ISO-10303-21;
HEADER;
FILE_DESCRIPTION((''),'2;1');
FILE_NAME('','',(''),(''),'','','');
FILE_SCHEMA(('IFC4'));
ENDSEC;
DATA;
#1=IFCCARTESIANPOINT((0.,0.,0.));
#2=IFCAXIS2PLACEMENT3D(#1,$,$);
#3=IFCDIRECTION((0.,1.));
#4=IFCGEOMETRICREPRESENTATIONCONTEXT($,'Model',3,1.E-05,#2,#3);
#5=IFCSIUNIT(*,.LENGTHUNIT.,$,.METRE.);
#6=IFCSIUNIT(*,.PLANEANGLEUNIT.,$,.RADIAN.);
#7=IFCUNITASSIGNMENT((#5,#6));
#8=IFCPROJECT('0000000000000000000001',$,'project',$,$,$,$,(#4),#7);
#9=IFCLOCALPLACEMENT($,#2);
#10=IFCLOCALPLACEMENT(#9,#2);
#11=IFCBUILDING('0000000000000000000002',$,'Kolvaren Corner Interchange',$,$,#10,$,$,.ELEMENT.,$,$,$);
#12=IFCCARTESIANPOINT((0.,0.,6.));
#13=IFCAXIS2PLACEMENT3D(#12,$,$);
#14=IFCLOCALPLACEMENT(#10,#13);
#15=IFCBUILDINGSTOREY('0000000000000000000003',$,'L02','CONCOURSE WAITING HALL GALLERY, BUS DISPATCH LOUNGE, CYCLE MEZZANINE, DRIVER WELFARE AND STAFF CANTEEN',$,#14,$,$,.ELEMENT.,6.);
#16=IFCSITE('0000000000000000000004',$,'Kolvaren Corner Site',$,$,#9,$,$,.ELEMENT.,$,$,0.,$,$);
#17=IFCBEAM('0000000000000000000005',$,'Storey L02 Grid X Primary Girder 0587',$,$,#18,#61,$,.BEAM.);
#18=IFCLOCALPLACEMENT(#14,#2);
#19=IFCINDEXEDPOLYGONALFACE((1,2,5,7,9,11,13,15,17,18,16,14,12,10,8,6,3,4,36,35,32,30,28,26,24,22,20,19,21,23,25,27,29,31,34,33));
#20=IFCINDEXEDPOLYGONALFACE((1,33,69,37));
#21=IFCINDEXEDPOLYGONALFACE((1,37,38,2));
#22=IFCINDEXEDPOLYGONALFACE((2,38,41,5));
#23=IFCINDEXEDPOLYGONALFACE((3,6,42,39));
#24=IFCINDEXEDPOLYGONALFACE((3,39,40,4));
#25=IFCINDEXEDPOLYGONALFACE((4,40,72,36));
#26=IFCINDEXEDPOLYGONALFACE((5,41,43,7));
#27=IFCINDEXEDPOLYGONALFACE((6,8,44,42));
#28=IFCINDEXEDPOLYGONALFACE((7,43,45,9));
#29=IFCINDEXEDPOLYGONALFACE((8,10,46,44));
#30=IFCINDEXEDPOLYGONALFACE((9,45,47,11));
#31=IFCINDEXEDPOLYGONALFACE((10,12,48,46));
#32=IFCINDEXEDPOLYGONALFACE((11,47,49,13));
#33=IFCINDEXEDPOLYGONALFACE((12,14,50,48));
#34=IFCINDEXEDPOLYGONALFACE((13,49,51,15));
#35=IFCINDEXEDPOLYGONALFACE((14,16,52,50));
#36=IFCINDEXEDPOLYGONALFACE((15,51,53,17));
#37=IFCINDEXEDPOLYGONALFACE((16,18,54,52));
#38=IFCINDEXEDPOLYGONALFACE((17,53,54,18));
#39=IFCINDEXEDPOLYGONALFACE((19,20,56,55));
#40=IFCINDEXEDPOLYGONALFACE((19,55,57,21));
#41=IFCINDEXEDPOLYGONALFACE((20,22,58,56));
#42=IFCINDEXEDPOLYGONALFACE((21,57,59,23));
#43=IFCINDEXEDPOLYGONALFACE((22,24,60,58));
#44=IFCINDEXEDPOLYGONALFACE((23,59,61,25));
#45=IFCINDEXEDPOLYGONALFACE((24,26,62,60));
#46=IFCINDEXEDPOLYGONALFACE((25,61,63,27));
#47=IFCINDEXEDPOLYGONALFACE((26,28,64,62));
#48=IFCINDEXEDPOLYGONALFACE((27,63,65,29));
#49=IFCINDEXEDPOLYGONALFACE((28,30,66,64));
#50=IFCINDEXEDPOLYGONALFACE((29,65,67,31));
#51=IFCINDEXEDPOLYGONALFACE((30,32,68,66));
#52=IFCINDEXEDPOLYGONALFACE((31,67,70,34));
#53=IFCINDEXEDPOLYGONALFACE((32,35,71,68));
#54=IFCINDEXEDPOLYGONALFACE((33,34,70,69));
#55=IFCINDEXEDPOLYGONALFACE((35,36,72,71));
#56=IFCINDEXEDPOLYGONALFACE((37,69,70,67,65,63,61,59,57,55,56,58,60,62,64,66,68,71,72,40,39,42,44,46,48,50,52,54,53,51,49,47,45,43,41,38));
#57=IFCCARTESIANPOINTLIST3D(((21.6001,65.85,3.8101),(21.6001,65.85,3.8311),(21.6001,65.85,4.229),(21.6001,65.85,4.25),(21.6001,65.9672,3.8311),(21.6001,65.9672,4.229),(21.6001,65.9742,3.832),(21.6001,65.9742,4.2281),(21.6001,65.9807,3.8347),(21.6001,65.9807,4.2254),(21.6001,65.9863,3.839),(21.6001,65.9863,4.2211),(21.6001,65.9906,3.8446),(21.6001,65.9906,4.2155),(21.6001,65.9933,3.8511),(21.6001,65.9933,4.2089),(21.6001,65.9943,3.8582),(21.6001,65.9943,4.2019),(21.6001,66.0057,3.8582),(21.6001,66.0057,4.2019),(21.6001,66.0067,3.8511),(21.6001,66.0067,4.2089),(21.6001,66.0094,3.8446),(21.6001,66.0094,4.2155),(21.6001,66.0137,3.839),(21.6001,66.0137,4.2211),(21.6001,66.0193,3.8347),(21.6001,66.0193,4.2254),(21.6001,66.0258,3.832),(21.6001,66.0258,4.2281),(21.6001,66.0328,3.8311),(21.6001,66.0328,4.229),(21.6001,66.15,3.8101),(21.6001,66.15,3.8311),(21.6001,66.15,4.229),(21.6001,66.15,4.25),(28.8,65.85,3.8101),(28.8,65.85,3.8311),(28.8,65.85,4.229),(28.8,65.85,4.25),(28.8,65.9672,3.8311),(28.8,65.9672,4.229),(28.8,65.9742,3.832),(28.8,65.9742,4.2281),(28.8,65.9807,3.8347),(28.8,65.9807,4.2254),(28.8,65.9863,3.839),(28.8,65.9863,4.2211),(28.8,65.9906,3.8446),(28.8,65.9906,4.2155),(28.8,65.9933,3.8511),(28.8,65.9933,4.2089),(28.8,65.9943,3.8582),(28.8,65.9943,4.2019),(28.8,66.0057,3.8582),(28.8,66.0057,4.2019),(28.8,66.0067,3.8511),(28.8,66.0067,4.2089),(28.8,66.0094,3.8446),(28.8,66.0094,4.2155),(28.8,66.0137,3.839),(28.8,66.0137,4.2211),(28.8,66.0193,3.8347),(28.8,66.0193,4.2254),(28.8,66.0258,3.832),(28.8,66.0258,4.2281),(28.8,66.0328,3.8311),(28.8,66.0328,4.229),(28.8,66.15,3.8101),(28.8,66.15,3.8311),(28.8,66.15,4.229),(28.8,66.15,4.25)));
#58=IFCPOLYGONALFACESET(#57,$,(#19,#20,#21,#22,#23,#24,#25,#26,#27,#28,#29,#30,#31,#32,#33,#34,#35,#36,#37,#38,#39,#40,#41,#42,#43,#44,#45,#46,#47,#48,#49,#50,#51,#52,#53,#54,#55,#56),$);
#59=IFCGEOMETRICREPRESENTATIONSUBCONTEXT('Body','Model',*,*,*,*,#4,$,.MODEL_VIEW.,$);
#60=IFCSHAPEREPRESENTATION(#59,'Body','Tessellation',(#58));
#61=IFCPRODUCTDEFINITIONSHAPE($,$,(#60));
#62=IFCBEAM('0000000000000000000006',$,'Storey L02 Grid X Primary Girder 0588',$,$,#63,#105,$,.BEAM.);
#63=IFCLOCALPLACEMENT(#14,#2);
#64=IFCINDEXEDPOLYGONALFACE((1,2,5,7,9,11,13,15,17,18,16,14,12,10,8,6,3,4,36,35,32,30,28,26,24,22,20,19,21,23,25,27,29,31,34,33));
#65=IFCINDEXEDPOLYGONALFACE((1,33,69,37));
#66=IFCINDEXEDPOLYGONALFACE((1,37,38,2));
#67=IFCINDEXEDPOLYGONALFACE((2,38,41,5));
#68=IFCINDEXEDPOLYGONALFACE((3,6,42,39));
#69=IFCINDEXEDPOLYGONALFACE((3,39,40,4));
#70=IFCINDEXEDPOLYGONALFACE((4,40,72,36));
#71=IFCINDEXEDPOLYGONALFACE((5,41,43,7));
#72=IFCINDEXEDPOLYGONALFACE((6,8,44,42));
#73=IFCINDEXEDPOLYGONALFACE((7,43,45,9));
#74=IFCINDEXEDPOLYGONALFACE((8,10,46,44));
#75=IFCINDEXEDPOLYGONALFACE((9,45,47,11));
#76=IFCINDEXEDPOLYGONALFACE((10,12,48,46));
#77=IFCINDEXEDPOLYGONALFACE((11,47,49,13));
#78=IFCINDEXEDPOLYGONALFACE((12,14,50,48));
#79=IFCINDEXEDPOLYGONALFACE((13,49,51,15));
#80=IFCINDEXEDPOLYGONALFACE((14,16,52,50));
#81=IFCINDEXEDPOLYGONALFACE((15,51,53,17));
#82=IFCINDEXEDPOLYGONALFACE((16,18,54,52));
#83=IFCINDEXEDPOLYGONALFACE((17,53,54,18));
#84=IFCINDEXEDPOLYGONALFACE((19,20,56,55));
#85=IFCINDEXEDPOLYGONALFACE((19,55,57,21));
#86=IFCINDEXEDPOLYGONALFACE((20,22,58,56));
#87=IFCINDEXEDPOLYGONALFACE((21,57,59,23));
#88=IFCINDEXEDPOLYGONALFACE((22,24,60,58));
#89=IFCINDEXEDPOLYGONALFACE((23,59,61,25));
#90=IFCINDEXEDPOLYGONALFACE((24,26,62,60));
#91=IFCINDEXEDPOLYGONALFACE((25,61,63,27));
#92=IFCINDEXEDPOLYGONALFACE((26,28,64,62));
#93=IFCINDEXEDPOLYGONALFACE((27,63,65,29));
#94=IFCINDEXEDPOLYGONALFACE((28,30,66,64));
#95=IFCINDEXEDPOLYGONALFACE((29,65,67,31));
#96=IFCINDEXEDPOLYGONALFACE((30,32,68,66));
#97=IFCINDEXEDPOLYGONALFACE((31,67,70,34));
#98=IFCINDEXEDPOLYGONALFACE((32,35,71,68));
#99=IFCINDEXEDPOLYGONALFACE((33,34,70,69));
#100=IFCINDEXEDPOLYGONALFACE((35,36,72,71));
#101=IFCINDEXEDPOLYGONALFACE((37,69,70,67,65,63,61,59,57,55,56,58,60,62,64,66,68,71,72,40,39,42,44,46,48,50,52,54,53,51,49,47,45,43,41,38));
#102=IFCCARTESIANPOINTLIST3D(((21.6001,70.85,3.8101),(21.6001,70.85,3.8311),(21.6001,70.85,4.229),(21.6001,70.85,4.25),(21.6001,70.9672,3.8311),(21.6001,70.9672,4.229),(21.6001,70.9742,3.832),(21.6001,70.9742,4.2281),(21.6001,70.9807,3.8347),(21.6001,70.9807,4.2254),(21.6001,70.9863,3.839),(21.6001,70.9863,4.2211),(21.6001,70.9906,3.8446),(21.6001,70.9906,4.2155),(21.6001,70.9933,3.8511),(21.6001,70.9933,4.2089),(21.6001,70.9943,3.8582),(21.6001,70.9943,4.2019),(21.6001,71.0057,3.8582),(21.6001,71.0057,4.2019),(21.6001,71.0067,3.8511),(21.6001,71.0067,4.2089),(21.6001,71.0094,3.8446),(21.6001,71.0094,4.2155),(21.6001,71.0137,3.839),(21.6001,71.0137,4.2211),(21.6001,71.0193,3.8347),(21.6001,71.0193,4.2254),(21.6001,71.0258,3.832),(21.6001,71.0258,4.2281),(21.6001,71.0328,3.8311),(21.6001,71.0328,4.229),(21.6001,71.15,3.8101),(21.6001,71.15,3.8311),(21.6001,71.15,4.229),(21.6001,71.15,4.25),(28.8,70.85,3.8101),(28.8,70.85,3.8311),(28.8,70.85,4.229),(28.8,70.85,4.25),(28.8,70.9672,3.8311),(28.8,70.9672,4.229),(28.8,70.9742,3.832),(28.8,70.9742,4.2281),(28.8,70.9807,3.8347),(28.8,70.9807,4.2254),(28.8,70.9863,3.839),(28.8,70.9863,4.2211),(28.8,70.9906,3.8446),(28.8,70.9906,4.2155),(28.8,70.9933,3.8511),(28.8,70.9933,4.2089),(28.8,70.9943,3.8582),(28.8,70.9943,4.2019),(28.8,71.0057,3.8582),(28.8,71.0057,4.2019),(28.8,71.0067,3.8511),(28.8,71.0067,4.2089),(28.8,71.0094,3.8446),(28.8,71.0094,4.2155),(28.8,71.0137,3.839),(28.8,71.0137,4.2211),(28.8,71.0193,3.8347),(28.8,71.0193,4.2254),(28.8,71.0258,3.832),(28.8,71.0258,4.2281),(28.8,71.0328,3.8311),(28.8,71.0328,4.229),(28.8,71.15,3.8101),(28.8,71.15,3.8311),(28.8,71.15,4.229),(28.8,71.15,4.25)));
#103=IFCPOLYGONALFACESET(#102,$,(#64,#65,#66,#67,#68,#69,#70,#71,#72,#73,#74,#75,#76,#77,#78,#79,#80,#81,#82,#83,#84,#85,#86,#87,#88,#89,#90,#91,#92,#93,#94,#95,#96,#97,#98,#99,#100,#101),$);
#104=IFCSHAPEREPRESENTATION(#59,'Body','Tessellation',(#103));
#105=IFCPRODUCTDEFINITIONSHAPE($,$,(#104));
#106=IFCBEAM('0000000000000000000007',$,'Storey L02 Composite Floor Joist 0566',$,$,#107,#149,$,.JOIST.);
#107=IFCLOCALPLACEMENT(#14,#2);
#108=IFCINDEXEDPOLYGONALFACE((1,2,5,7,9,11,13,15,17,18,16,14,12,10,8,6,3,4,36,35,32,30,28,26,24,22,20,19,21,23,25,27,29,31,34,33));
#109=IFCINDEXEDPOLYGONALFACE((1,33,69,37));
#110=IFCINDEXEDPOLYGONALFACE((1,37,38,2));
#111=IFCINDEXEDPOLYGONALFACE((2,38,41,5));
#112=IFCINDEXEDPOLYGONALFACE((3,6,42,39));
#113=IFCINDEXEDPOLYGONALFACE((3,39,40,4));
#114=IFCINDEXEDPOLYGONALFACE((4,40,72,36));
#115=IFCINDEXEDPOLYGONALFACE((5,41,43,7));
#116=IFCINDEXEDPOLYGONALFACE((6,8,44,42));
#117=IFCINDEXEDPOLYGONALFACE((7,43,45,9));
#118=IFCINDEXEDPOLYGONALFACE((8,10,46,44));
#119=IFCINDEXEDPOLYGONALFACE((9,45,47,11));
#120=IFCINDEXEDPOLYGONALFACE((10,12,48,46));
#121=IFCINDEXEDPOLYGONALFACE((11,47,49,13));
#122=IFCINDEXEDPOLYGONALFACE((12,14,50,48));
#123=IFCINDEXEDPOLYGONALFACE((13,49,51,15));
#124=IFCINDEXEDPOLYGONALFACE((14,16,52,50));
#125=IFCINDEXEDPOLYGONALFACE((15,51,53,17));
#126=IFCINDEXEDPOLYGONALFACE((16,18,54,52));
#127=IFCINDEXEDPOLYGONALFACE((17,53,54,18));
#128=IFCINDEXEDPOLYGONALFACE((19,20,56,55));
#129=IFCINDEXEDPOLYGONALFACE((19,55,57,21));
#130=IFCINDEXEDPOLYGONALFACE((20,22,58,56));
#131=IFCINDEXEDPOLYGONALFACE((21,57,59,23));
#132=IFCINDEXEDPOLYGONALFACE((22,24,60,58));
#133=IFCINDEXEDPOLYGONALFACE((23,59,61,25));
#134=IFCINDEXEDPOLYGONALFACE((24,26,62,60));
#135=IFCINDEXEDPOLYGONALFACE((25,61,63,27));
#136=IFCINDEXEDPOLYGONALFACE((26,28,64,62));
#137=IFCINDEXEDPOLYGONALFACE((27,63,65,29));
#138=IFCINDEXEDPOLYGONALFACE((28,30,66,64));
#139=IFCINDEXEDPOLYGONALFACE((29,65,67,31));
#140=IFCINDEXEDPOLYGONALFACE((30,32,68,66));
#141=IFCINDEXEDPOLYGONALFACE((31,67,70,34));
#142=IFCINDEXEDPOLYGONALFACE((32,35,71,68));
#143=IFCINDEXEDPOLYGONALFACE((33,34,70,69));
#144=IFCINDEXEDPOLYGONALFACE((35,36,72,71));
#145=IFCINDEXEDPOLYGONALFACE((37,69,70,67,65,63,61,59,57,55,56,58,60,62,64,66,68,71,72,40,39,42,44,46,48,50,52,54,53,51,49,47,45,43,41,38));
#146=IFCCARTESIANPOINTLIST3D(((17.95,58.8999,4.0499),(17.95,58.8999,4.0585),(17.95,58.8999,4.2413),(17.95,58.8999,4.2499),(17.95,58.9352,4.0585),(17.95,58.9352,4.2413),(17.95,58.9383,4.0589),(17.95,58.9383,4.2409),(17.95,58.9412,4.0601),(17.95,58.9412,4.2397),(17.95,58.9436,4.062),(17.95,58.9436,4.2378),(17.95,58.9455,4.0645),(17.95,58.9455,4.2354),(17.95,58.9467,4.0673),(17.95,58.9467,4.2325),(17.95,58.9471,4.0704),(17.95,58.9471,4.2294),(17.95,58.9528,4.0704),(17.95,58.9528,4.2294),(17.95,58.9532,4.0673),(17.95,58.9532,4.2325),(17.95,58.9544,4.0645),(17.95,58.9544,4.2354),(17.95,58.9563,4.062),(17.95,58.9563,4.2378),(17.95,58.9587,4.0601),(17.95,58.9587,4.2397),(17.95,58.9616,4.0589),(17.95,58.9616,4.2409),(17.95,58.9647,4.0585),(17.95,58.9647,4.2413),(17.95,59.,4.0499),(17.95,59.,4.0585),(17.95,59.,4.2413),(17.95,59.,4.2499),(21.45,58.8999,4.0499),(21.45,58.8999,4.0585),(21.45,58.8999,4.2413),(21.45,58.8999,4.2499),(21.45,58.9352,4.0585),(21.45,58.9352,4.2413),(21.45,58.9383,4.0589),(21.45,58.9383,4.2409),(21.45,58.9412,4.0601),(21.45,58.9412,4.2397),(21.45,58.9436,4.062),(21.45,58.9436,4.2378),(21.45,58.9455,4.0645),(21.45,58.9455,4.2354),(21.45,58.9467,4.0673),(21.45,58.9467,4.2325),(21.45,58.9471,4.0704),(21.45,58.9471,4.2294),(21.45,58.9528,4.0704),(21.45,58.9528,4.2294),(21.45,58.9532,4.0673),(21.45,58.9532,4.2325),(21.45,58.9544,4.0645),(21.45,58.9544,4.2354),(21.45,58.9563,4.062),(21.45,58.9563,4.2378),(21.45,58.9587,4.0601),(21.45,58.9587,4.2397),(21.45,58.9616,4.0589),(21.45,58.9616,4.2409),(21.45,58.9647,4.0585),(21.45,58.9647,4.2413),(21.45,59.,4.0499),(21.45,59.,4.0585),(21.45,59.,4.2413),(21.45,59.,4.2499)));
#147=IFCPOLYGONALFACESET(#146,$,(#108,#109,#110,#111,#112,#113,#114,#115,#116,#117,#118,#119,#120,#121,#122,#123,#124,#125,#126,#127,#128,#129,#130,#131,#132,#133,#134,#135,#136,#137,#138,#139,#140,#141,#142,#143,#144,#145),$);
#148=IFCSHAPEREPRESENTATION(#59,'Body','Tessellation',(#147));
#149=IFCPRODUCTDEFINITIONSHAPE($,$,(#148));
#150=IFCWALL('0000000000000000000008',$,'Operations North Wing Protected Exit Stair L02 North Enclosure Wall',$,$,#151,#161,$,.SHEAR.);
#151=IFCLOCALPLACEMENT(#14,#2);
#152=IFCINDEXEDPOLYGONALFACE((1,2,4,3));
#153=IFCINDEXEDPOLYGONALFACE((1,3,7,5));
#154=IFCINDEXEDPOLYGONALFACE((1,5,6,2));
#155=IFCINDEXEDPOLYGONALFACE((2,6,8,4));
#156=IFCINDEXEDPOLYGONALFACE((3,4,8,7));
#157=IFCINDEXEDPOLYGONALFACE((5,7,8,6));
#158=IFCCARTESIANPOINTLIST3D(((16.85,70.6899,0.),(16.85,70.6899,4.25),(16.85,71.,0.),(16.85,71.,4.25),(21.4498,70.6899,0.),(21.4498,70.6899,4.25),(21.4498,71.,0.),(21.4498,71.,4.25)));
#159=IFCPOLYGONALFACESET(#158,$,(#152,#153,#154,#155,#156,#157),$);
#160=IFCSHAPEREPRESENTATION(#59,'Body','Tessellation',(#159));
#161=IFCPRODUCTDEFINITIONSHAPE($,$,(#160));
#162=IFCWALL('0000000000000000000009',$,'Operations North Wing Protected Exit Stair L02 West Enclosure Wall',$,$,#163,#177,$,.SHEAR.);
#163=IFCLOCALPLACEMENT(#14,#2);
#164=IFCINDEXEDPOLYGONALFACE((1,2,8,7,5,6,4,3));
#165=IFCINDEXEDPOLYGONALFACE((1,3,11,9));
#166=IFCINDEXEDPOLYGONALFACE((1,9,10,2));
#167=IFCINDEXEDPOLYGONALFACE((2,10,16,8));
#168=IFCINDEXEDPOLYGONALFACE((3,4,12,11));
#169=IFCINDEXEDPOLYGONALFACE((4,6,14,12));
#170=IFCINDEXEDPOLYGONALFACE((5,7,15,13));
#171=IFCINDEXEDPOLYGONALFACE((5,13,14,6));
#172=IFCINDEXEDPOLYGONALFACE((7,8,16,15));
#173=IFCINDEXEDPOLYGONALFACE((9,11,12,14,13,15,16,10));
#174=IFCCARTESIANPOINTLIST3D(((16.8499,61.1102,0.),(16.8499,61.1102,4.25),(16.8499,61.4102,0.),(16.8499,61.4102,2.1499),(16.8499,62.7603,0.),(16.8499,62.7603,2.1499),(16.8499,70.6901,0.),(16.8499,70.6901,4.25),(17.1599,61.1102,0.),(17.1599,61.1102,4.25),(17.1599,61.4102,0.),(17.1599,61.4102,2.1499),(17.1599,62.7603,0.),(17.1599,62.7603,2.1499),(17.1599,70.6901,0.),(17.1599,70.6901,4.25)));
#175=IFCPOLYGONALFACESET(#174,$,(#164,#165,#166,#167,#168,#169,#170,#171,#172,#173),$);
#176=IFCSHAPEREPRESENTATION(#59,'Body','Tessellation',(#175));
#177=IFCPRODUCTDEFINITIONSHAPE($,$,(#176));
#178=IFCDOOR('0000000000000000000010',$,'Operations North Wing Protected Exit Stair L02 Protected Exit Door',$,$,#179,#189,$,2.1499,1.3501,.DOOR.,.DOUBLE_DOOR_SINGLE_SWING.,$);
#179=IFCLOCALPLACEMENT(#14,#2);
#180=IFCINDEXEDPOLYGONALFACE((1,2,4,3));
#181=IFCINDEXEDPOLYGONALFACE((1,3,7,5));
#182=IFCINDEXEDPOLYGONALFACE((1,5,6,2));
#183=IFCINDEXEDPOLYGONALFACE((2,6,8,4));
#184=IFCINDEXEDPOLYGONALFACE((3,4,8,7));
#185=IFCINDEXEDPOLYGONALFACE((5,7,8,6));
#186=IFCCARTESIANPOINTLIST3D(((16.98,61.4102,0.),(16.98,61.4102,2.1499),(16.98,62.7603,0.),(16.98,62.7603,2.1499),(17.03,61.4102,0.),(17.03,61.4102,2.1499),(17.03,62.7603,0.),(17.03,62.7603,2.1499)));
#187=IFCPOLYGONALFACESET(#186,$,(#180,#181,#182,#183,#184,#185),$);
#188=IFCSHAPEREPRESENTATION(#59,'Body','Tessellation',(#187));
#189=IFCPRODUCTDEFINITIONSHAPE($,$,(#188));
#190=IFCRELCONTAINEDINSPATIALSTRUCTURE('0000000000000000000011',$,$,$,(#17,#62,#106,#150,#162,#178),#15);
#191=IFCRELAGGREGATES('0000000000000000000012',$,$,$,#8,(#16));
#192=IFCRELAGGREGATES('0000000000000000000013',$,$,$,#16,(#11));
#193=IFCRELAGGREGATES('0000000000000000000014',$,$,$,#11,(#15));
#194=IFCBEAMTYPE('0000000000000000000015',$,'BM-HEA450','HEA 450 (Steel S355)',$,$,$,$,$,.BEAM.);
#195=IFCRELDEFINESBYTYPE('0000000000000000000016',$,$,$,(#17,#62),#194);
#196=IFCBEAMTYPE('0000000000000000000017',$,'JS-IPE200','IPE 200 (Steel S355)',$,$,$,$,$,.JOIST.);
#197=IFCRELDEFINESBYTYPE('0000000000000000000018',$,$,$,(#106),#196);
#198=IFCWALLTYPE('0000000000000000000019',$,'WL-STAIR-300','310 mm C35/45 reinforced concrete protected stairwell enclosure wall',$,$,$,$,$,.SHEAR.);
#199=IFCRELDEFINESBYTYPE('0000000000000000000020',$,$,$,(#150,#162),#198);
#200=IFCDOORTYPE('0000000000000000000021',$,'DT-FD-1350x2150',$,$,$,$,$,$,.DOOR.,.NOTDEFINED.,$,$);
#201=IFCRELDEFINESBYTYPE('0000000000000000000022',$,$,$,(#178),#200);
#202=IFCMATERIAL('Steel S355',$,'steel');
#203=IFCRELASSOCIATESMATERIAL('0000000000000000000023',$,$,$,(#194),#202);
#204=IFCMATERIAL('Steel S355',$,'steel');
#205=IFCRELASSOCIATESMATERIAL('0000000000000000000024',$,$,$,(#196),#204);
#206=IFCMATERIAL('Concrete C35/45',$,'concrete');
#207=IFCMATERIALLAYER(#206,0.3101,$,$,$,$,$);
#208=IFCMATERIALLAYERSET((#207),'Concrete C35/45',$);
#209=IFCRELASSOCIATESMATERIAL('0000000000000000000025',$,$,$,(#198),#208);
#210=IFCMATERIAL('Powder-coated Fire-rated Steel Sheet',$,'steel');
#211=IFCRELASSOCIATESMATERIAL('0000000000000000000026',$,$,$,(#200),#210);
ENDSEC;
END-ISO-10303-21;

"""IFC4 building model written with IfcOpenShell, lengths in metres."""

from ifc_helpers import new_model, si_unit, direction, frame, frame_2d, origin, origin_2d, place, context, subcontext, project, spatial, rectangle, i_section, extrude, material, layer, layer_set, material_profile, profile_set, type_object, element, fill, save


model = new_model("IFC4")

# Units and contexts
model_context = context("Model", 3, precision=1e-05, world=origin(), true_north=direction((0.0, 1.0)))
body_context = subcontext(model_context, "Body", "Model", "MODEL_VIEW")
ifc_project = project(units=[si_unit("LENGTHUNIT", "METRE"), si_unit("PLANEANGLEUNIT", "RADIAN")], contexts=[model_context])

# Site, building, storey
site_placement = place(None, origin())
site = spatial("IfcSite", under=ifc_project, at=site_placement, Name="Kolvaren Corner Site", CompositionType="ELEMENT", RefElevation=0.0)
building_placement = place(site_placement, origin())
building = spatial("IfcBuilding", under=site, at=building_placement, Name="Kolvaren Corner Interchange", CompositionType="ELEMENT")
storey_placement = place(building_placement, frame((0.0, 0.0, 6.0)))
storey = spatial("IfcBuildingStorey", under=building, at=storey_placement, Name="L02", Description="CONCOURSE WAITING HALL GALLERY, BUS DISPATCH LOUNGE, CYCLE MEZZANINE, DRIVER WELFARE AND STAFF CANTEEN", CompositionType="ELEMENT", Elevation=6.0)

# Beams
ifc_material_1 = material(Name="Steel S355", Category="steel")
ifc_material_profile_1 = material_profile(ifc_material_1, i_section(OverallWidth=0.3, OverallDepth=0.4399, WebThickness=0.0115, FlangeThickness=0.021, FilletRadius=0.0271, at=origin_2d()), Name="HEA 450")
ifc_profile_set_1 = profile_set([ifc_material_profile_1], Name="Steel S355")
beam_type_1 = type_object("IfcBeamType", Name="BM-HEA450", Description="HEA 450 (Steel S355)", PredefinedType="BEAM", material=ifc_profile_set_1)
for number, where, z_axis, x_axis, name in (
    (1, (21.6001, 66.0, 4.03), (1.0, 0.0, 0.0), (0.0, 1.0, 0.0), "Storey L02 Grid X Primary Girder 0587"),
    (2, (21.6001, 71.0, 4.03), (1.0, 0.0, 0.0), (0.0, 1.0, 0.0), "Storey L02 Grid X Primary Girder 0588"),
):
    element("IfcBeam", number, at=place(storey_placement, frame(where, z_axis=z_axis, x_axis=x_axis)), inside=storey, type_object=beam_type_1, Name=name, PredefinedType="BEAM", context=body_context, shape_type="SweptSolid", body=[
        extrude(i_section(OverallWidth=0.3, OverallDepth=0.4399, WebThickness=0.0115, FlangeThickness=0.021, FilletRadius=0.0271, at=origin_2d()), origin(), (0.0, 0.0, 1.0), 7.2),
    ])
ifc_material_2 = material(Name="Steel S355", Category="steel")
ifc_material_profile_2 = material_profile(ifc_material_2, i_section(OverallWidth=0.1001, OverallDepth=0.2, WebThickness=0.0056, FlangeThickness=0.0085, FilletRadius=0.012, at=origin_2d()), Name="IPE 200")
ifc_profile_set_2 = profile_set([ifc_material_profile_2], Name="Steel S355")
beam_type_2 = type_object("IfcBeamType", Name="JS-IPE200", Description="IPE 200 (Steel S355)", PredefinedType="JOIST", material=ifc_profile_set_2)
beam_1_placement = place(storey_placement, frame((17.95, 58.95, 4.1499), z_axis=(1.0, 0.0, 0.0), x_axis=(0.0, 1.0, 0.0)))
element("IfcBeam", 3, at=beam_1_placement, inside=storey, type_object=beam_type_2, Name="Storey L02 Composite Floor Joist 0566", PredefinedType="JOIST", context=body_context, shape_type="SweptSolid", body=[
    extrude(i_section(OverallWidth=0.1001, OverallDepth=0.2, WebThickness=0.0056, FlangeThickness=0.0085, FilletRadius=0.012, at=origin_2d()), origin(), (0.0, 0.0, 1.0), 3.5),
])

# Wall
ifc_material_3 = material(Name="Concrete C35/45", Category="concrete")
ifc_layer_1 = layer(ifc_material_3, 0.3101)
ifc_layer_set_1 = layer_set([ifc_layer_1], Name="Concrete C35/45")
wall_type_1 = type_object("IfcWallType", Name="WL-STAIR-300", Description="310 mm C35/45 reinforced concrete protected stairwell enclosure wall", PredefinedType="SHEAR", material=ifc_layer_set_1)
wall_1_placement = place(storey_placement, frame((16.8501, 70.845, 0.0), z_axis=(0.0, 0.0, 1.0), x_axis=(1.0, 0.0, 0.0)))
element("IfcWall", 4, at=wall_1_placement, inside=storey, type_object=wall_type_1, Name="Operations North Wing Protected Exit Stair L02 North Enclosure Wall", PredefinedType="SHEAR", context=body_context, shape_type="SweptSolid", body=[
    extrude(rectangle(XDim=4.5999, YDim=0.3101, at=frame_2d((2.2998, 0.0))), origin(), (0.0, 0.0, 1.0), 4.25),
])

# Wall, opening, door
wall_2_placement = place(storey_placement, frame((17.0049, 61.1101, 0.0), z_axis=(0.0, 0.0, 1.0), x_axis=(0.0, 1.0, 0.0)))
wall_2 = element("IfcWall", 5, at=wall_2_placement, inside=storey, type_object=wall_type_1, Name="Operations North Wing Protected Exit Stair L02 West Enclosure Wall", PredefinedType="SHEAR", context=body_context, shape_type="SweptSolid", body=[
    extrude(rectangle(XDim=9.5798, YDim=0.3101, at=frame_2d((4.79, 0.0))), origin(), (0.0, 0.0, 1.0), 4.25),
])
opening_placement = place(wall_2_placement, frame((0.3, 0.0, 0.0)))
opening = element("IfcOpeningElement", 6, at=opening_placement, cuts=wall_2, PredefinedType="OPENING", context=body_context, shape_type="SweptSolid", body=[
    extrude(rectangle(XDim=1.3501, YDim=2.1499, at=frame_2d((0.675, 1.075))), frame((0.0, 0.165, 0.0), z_axis=(0.0, -1.0, 0.0), x_axis=(1.0, 0.0, 0.0)), (0.0, 0.0, 1.0), 0.3301),
])
ifc_material_4 = material(Name="Powder-coated Fire-rated Steel Sheet", Category="steel")
door_type = type_object("IfcDoorType", Name="DT-FD-1350x2150", OperationType="NOTDEFINED", PredefinedType="DOOR", material=ifc_material_4)
door_placement = place(opening_placement, origin())
door = element("IfcDoor", 7, at=door_placement, inside=storey, type_object=door_type, Name="Operations North Wing Protected Exit Stair L02 Protected Exit Door", OperationType="DOUBLE_DOOR_SINGLE_SWING", OverallHeight=2.1499, OverallWidth=1.3501, PredefinedType="DOOR", context=body_context, shape_type="SweptSolid", body=[
    extrude(rectangle(XDim=1.3501, YDim=2.1499, at=frame_2d((0.675, 1.075))), frame((0.0, 0.0249, 0.0), z_axis=(0.0, -1.0, 0.0), x_axis=(1.0, 0.0, 0.0)), (0.0, 0.0, 1.0), 0.05),
])
fill(opening, door)

save(model, "model.ifc")
